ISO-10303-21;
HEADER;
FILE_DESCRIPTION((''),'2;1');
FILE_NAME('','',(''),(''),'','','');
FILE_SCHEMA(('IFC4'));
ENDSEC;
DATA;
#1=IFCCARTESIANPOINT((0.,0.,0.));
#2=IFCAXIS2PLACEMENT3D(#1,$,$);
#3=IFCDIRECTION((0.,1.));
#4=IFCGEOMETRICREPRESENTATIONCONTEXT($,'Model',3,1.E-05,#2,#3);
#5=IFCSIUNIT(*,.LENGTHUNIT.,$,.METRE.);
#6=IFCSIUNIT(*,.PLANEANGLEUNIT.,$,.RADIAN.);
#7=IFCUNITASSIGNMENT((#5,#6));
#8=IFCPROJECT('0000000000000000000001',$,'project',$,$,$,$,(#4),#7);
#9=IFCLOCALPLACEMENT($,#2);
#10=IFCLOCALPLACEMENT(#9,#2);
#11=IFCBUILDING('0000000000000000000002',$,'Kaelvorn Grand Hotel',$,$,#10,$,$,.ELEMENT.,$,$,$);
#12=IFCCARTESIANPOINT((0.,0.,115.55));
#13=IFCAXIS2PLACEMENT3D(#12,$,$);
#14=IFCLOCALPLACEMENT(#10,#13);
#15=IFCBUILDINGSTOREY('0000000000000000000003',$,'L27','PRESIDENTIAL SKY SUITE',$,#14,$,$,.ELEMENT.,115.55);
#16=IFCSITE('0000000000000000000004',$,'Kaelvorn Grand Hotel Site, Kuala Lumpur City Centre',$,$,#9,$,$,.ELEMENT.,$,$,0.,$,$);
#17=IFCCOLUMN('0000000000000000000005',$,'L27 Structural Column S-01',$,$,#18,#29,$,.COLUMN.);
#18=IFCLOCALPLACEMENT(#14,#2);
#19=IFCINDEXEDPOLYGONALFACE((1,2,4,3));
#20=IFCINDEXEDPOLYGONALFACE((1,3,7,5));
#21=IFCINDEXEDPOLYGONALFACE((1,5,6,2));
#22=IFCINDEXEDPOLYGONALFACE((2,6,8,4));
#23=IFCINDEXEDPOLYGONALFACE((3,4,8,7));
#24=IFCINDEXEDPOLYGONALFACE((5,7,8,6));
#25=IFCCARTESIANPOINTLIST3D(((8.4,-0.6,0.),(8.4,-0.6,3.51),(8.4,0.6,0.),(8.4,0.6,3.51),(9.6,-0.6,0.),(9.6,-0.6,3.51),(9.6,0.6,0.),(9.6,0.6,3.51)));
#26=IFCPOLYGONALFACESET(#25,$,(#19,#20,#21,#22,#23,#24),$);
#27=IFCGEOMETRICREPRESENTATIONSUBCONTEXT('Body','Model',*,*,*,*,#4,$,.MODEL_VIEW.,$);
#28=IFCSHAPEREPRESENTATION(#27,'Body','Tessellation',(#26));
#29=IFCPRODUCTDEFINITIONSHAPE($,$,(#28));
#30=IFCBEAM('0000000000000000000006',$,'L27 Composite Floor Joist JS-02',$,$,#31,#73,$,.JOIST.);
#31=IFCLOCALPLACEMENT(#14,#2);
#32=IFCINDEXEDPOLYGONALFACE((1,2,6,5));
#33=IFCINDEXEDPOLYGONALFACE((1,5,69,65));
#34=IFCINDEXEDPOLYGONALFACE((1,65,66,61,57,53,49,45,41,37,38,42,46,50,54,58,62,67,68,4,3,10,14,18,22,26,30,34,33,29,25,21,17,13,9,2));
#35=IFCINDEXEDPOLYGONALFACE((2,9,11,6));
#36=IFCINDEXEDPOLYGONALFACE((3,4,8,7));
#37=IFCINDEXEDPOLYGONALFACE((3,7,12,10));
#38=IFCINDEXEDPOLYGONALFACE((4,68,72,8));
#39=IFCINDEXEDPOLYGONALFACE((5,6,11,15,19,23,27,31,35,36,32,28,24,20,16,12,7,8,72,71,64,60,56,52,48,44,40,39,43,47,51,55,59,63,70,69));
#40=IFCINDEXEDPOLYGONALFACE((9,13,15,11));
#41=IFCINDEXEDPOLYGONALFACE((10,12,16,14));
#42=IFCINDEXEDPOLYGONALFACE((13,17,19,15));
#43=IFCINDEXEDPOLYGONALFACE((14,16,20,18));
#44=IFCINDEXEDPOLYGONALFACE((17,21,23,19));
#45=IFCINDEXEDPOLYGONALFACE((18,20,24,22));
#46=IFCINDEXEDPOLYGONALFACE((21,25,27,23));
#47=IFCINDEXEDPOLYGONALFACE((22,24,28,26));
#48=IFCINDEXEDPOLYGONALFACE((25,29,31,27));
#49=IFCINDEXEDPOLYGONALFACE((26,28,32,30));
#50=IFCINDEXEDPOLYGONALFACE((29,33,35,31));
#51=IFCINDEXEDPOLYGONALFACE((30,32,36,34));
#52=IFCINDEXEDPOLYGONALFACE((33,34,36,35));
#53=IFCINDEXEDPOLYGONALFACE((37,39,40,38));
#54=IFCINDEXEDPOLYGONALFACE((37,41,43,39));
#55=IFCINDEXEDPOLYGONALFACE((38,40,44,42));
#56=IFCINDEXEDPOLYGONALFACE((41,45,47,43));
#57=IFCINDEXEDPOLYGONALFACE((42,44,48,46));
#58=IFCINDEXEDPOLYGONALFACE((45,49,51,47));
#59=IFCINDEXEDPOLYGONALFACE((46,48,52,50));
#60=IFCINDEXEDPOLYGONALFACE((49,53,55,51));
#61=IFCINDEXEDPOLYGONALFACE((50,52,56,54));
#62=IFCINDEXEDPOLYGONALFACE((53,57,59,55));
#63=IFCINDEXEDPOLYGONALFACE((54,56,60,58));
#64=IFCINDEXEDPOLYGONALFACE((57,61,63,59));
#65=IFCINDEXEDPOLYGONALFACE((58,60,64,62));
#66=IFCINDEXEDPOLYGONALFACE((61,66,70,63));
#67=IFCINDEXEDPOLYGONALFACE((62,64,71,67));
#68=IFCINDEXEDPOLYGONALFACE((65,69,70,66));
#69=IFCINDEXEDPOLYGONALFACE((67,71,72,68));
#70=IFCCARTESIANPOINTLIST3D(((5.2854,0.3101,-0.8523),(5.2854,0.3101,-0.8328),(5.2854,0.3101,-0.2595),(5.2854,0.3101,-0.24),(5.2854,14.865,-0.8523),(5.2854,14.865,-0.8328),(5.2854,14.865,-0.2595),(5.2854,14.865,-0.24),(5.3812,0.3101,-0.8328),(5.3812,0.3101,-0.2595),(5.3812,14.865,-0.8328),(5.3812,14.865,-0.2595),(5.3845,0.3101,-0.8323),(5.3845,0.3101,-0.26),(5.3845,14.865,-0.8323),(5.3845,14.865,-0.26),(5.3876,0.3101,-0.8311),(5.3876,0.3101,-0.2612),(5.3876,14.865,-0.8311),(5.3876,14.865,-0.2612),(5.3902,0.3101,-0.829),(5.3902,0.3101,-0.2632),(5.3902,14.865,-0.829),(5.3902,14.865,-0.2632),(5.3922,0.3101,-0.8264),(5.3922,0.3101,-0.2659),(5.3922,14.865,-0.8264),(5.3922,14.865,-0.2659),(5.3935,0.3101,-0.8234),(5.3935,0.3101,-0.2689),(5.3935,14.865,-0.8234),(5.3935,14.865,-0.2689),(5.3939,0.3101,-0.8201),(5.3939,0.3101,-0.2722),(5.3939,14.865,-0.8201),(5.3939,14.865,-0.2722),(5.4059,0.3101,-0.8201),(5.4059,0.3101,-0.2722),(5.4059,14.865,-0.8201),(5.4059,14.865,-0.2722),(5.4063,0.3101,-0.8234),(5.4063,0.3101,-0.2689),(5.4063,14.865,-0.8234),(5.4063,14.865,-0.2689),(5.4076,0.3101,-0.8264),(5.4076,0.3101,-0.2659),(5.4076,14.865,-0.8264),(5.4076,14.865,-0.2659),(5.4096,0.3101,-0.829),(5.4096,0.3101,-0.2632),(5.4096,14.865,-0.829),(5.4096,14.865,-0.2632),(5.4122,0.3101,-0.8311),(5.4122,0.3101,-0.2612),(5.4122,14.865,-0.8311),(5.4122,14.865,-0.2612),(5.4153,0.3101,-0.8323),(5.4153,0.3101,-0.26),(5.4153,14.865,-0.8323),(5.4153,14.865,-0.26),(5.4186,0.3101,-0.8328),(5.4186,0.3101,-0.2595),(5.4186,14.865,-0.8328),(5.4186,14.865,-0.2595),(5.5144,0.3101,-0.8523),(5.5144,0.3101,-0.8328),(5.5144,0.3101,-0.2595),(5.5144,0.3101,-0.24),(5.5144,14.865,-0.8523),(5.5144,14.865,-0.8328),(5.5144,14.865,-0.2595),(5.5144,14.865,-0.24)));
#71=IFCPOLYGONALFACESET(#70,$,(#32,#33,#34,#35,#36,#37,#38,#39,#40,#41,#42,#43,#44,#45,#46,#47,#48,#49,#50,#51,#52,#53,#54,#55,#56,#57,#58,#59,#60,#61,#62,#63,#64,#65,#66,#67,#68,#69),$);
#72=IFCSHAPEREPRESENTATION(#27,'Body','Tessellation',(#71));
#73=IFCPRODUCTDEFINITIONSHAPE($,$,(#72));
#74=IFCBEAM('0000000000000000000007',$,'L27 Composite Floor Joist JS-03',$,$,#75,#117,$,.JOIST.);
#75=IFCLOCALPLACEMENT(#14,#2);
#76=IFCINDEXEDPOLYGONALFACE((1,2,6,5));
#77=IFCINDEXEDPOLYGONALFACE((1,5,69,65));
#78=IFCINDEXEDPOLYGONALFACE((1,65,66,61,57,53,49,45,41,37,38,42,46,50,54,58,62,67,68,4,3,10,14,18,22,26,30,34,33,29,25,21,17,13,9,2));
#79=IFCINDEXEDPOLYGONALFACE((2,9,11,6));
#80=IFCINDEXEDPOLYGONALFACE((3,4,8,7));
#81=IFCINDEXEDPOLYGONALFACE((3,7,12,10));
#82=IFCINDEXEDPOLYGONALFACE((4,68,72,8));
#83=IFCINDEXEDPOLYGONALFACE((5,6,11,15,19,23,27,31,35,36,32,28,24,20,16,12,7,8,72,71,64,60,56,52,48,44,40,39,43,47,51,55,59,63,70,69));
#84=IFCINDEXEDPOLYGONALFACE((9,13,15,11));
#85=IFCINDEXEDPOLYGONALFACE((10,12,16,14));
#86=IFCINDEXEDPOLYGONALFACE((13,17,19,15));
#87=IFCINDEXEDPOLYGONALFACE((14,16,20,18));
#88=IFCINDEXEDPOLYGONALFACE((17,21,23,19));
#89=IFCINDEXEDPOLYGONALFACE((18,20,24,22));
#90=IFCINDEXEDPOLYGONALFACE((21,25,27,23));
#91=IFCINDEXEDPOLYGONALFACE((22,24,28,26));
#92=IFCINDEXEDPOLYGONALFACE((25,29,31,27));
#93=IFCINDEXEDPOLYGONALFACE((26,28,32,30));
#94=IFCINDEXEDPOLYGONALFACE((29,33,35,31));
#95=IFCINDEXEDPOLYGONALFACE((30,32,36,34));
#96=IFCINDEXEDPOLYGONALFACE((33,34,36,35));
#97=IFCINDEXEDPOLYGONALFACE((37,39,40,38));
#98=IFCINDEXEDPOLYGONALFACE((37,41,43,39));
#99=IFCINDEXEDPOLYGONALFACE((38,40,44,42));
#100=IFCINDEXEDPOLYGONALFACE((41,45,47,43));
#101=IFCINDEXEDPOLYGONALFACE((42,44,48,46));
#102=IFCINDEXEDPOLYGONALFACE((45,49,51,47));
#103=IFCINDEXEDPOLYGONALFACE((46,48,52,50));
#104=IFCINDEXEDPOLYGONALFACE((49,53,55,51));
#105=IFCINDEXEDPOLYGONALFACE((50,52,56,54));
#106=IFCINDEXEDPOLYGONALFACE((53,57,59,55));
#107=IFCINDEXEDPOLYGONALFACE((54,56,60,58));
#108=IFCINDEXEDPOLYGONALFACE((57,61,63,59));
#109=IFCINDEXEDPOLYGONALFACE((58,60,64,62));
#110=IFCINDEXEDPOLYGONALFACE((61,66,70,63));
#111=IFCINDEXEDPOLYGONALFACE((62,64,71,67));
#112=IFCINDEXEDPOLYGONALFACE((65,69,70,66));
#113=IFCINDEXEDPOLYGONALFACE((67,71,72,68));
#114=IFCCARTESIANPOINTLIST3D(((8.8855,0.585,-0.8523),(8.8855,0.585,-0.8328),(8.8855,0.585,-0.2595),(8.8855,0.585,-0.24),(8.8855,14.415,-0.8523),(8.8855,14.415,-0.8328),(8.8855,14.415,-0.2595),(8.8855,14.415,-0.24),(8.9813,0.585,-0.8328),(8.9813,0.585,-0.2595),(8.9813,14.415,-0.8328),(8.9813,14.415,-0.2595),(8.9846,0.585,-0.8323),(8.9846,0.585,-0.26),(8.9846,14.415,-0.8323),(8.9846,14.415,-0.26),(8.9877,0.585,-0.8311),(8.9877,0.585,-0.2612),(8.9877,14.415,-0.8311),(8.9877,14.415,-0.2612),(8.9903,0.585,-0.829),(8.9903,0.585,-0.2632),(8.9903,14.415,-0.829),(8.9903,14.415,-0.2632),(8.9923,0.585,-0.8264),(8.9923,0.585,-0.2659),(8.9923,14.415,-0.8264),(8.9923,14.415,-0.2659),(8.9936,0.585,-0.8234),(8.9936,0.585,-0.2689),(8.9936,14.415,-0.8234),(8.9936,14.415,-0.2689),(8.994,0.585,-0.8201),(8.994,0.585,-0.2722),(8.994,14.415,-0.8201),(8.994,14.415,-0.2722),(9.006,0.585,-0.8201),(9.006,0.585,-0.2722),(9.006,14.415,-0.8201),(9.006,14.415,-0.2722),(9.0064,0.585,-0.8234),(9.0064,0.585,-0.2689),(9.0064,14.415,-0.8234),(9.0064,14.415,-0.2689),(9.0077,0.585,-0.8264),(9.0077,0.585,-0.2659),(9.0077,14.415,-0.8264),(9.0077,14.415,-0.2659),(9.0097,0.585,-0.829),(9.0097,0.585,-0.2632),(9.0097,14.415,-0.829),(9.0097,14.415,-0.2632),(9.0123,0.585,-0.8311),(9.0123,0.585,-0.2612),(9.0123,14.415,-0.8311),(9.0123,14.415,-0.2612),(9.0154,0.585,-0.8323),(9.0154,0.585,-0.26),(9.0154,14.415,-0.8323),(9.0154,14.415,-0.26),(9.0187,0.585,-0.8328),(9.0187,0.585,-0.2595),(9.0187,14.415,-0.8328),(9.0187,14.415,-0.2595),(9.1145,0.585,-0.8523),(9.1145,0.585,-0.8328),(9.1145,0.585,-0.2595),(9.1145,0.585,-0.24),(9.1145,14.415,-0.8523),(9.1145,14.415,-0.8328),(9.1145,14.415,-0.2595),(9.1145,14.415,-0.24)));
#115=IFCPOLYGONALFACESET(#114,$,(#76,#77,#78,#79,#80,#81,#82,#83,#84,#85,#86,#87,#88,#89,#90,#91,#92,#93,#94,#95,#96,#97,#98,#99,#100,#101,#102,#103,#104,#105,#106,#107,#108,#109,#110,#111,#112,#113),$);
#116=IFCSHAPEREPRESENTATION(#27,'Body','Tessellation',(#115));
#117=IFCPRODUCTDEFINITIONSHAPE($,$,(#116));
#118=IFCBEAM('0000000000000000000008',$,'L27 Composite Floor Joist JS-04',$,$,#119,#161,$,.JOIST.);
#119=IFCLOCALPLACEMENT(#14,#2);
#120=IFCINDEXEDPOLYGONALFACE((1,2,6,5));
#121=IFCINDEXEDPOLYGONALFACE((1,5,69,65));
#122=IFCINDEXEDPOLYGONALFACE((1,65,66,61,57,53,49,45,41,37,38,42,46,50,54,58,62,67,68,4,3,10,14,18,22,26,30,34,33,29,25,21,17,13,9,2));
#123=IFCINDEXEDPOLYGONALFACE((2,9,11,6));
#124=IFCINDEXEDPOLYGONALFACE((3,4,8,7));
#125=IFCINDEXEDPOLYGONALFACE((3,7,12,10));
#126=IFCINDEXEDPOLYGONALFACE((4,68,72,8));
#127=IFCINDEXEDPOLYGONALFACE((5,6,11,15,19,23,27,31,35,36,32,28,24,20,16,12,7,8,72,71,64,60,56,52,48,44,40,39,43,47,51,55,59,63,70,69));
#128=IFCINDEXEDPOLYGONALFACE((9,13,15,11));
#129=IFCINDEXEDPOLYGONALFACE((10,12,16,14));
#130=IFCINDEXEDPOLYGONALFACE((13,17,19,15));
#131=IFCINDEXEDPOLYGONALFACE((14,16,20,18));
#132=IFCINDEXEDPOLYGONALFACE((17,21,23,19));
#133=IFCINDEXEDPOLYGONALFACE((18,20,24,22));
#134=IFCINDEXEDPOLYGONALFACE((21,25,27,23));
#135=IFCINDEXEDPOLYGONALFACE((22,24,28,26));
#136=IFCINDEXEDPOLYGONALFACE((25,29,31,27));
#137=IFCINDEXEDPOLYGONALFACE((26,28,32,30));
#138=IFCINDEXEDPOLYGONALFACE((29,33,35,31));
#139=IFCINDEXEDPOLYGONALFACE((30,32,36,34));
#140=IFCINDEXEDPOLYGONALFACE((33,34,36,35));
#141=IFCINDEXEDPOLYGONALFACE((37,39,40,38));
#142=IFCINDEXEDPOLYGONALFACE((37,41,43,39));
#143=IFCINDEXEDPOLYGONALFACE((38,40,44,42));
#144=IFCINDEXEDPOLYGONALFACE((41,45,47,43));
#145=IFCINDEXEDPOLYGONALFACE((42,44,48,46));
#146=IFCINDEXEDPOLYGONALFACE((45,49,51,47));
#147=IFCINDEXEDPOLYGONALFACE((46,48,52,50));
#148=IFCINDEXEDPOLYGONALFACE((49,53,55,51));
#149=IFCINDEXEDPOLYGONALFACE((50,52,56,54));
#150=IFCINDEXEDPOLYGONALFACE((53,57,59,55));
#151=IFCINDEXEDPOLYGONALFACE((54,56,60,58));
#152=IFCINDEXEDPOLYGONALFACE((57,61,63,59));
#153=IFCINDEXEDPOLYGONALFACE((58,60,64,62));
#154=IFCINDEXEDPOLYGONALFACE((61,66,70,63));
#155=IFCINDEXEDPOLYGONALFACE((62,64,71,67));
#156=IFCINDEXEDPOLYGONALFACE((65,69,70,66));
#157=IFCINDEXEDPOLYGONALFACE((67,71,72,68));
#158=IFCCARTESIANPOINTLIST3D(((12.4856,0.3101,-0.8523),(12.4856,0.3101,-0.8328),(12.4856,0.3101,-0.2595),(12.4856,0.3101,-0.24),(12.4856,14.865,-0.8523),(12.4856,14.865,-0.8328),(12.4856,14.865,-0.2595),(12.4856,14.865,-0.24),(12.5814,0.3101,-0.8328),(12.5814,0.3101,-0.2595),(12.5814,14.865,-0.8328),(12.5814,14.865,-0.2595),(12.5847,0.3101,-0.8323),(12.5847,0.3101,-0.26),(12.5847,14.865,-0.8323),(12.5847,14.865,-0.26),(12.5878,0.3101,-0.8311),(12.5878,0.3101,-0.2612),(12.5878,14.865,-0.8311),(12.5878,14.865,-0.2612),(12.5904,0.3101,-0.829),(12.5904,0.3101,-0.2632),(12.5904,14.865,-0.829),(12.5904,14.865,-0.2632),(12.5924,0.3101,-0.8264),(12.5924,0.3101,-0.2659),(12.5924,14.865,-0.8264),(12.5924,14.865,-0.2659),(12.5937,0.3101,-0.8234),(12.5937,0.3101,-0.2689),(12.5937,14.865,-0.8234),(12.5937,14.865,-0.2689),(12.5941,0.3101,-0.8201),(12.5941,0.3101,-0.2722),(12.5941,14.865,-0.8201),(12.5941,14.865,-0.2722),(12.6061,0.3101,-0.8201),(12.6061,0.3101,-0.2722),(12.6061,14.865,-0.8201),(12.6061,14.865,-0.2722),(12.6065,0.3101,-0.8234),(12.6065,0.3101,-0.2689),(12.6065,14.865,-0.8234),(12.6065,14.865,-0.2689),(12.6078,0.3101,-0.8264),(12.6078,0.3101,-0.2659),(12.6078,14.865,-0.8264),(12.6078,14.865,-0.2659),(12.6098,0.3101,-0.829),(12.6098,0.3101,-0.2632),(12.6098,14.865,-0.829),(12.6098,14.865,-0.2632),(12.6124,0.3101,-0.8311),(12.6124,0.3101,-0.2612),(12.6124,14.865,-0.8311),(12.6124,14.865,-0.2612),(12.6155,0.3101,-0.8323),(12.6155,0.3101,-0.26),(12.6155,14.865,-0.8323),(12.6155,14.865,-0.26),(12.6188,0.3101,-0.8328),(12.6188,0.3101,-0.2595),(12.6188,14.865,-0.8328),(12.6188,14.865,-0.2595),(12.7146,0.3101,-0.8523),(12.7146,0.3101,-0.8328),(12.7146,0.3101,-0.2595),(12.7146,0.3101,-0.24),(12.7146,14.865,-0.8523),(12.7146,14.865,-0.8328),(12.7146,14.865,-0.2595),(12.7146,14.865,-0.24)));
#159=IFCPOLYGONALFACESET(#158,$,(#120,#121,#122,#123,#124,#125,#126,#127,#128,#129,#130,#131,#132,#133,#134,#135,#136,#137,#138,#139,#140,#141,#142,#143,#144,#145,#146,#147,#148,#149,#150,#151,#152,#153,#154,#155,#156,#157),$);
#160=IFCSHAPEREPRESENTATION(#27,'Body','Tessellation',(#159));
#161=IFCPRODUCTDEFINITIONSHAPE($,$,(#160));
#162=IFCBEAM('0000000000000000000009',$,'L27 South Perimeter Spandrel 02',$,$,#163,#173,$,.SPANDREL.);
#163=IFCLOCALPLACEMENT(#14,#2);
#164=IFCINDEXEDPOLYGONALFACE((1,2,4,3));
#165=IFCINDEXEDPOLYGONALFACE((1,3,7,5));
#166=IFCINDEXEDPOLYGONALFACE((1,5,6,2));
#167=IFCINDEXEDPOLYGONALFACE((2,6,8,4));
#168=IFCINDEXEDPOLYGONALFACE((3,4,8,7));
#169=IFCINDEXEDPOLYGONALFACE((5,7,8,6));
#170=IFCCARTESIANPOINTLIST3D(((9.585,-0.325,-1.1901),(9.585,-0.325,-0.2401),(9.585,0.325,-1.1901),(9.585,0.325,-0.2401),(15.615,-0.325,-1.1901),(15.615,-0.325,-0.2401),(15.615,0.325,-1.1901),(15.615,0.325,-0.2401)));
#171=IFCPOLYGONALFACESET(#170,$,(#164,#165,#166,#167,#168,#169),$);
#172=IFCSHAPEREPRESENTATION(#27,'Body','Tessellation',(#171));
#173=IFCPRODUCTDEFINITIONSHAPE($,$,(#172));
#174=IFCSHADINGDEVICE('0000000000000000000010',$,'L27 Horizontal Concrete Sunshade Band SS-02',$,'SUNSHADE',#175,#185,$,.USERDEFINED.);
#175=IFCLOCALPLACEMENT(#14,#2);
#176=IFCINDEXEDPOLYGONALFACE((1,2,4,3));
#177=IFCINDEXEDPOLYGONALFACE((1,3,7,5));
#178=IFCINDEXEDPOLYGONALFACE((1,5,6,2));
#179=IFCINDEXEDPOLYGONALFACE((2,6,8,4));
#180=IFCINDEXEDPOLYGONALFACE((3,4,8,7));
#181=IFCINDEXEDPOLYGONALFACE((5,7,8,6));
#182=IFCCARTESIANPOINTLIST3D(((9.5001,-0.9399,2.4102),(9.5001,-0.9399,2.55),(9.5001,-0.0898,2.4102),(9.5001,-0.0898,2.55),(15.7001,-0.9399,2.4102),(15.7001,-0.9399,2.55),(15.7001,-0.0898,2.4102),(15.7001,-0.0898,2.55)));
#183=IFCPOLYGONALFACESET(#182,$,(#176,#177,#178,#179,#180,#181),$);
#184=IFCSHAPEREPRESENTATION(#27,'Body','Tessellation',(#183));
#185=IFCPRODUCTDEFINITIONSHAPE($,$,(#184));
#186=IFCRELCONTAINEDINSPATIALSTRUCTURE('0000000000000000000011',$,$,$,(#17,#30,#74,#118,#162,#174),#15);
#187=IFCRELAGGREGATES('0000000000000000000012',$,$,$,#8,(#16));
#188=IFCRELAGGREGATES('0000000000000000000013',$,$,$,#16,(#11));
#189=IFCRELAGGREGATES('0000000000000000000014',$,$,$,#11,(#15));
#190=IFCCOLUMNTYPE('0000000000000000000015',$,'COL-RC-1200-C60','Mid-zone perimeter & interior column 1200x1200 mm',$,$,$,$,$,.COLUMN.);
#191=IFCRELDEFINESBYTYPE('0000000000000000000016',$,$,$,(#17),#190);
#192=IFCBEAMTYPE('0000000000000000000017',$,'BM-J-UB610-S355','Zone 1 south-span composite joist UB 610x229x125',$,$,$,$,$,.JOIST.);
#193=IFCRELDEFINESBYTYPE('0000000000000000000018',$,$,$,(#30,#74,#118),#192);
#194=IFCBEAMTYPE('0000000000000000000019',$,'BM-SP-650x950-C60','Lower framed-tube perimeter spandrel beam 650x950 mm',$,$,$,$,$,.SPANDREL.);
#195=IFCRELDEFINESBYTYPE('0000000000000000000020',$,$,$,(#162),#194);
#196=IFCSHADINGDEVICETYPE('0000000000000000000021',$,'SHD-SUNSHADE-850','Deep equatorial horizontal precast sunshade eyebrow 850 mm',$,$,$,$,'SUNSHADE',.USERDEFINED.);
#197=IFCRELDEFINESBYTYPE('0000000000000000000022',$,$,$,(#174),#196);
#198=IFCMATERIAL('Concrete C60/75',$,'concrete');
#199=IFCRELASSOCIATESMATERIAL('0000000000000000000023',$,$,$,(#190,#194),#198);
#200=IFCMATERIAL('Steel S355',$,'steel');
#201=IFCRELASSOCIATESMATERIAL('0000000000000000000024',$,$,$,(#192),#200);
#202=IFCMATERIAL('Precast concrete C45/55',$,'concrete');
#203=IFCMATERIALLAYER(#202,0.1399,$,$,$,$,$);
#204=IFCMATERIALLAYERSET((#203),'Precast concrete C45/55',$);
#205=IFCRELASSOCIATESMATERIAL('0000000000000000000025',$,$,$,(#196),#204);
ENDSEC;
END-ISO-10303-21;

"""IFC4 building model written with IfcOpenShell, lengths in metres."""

from ifc_helpers import new_model, si_unit, direction, frame, origin, origin_2d, place, context, subcontext, project, spatial, rectangle, i_section, extrude, material, layer, layer_set, material_profile, profile_set, type_object, element, save


model = new_model("IFC4")

# Units and contexts
model_context = context("Model", 3, precision=1e-05, world=origin(), true_north=direction((0.0, 1.0)))
body_context = subcontext(model_context, "Body", "Model", "MODEL_VIEW")
ifc_project = project(units=[si_unit("LENGTHUNIT", "METRE"), si_unit("PLANEANGLEUNIT", "RADIAN")], contexts=[model_context])

# Site, building, storey
site_placement = place(None, origin())
site = spatial("IfcSite", under=ifc_project, at=site_placement, Name="Kaelvorn Grand Hotel Site, Kuala Lumpur City Centre", CompositionType="ELEMENT", RefElevation=0.0)
building_placement = place(site_placement, origin())
building = spatial("IfcBuilding", under=site, at=building_placement, Name="Kaelvorn Grand Hotel", CompositionType="ELEMENT")
storey_placement = place(building_placement, frame((0.0, 0.0, 115.55)))
storey = spatial("IfcBuildingStorey", under=building, at=storey_placement, Name="L27", Description="PRESIDENTIAL SKY SUITE", CompositionType="ELEMENT", Elevation=115.55)

# Column
ifc_material_1 = material(Name="Concrete C60/75", Category="concrete")
ifc_material_profile_1 = material_profile(ifc_material_1, rectangle(XDim=1.2, YDim=1.2, at=origin_2d()), Name="RC COL 1200x1200")
ifc_profile_set_1 = profile_set([ifc_material_profile_1], Name="Concrete C60/75")
column_type = type_object("IfcColumnType", Name="COL-RC-1200-C60", Description="Mid-zone perimeter & interior column 1200x1200 mm", PredefinedType="COLUMN", material=ifc_profile_set_1)
column_placement = place(storey_placement, frame((9.0, 0.0, 0.0), z_axis=(0.0, 0.0, 1.0), x_axis=(1.0, 0.0, 0.0)))
element("IfcColumn", 1, at=column_placement, inside=storey, type_object=column_type, Name="L27 Structural Column S-01", PredefinedType="COLUMN", context=body_context, shape_type="SweptSolid", body=[
    extrude(rectangle(XDim=1.2, YDim=1.2, at=origin_2d()), origin(), (0.0, 0.0, 1.0), 3.51),
])

# Beams
ifc_material_2 = material(Name="Steel S355", Category="steel")
ifc_material_profile_2 = material_profile(ifc_material_2, i_section(OverallWidth=0.229, OverallDepth=0.6123, WebThickness=0.012, FlangeThickness=0.0195, FilletRadius=0.0127, at=origin_2d()), Name="UB 610x229x125")
ifc_profile_set_2 = profile_set([ifc_material_profile_2], Name="Steel S355")
beam_type_1 = type_object("IfcBeamType", Name="BM-J-UB610-S355", Description="Zone 1 south-span composite joist UB 610x229x125", PredefinedType="JOIST", material=ifc_profile_set_2)
beam_1_placement = place(storey_placement, frame((5.3999, 0.3101, -0.5461), z_axis=(0.0, 1.0, 0.0), x_axis=(-1.0, 0.0, 0.0)))
element("IfcBeam", 2, at=beam_1_placement, inside=storey, type_object=beam_type_1, Name="L27 Composite Floor Joist JS-02", PredefinedType="JOIST", context=body_context, shape_type="SweptSolid", body=[
    extrude(i_section(OverallWidth=0.229, OverallDepth=0.6123, WebThickness=0.012, FlangeThickness=0.0195, FilletRadius=0.0127, at=origin_2d()), origin(), (0.0, 0.0, 1.0), 14.5549),
])
beam_2_placement = place(storey_placement, frame((9.0, 0.585, -0.5461), z_axis=(0.0, 1.0, 0.0), x_axis=(-1.0, 0.0, 0.0)))
element("IfcBeam", 3, at=beam_2_placement, inside=storey, type_object=beam_type_1, Name="L27 Composite Floor Joist JS-03", PredefinedType="JOIST", context=body_context, shape_type="SweptSolid", body=[
    extrude(i_section(OverallWidth=0.229, OverallDepth=0.6123, WebThickness=0.012, FlangeThickness=0.0195, FilletRadius=0.0127, at=origin_2d()), origin(), (0.0, 0.0, 1.0), 13.8301),
])
beam_3_placement = place(storey_placement, frame((12.6001, 0.3101, -0.5461), z_axis=(0.0, 1.0, 0.0), x_axis=(-1.0, 0.0, 0.0)))
element("IfcBeam", 4, at=beam_3_placement, inside=storey, type_object=beam_type_1, Name="L27 Composite Floor Joist JS-04", PredefinedType="JOIST", context=body_context, shape_type="SweptSolid", body=[
    extrude(i_section(OverallWidth=0.229, OverallDepth=0.6123, WebThickness=0.012, FlangeThickness=0.0195, FilletRadius=0.0127, at=origin_2d()), origin(), (0.0, 0.0, 1.0), 14.5549),
])
ifc_material_profile_3 = material_profile(ifc_material_1, rectangle(XDim=0.6499, YDim=0.95, at=origin_2d()), Name="RC SPANDREL 650x950")
ifc_profile_set_3 = profile_set([ifc_material_profile_3], Name="Concrete C60/75")
beam_type_2 = type_object("IfcBeamType", Name="BM-SP-650x950-C60", Description="Lower framed-tube perimeter spandrel beam 650x950 mm", PredefinedType="SPANDREL", material=ifc_profile_set_3)
beam_4_placement = place(storey_placement, frame((9.585, 0.0, -0.7151), z_axis=(1.0, 0.0, 0.0), x_axis=(0.0, 1.0, 0.0)))
element("IfcBeam", 5, at=beam_4_placement, inside=storey, type_object=beam_type_2, Name="L27 South Perimeter Spandrel 02", PredefinedType="SPANDREL", context=body_context, shape_type="SweptSolid", body=[
    extrude(rectangle(XDim=0.6499, YDim=0.95, at=origin_2d()), origin(), (0.0, 0.0, 1.0), 6.03),
])

# Shading device
ifc_material_3 = material(Name="Precast concrete C45/55", Category="concrete")
ifc_layer = layer(ifc_material_3, 0.1399)
ifc_layer_set = layer_set([ifc_layer], Name="Precast concrete C45/55")
shading_device_type = type_object("IfcShadingDeviceType", Name="SHD-SUNSHADE-850", Description="Deep equatorial horizontal precast sunshade eyebrow 850 mm", ElementType="SUNSHADE", PredefinedType="USERDEFINED", material=ifc_layer_set)
shading_device_placement = place(storey_placement, frame((12.6001, -0.5149, 2.4102), z_axis=(0.0, 0.0, 1.0), x_axis=(1.0, 0.0, 0.0)))
element("IfcShadingDevice", 6, at=shading_device_placement, inside=storey, type_object=shading_device_type, Name="L27 Horizontal Concrete Sunshade Band SS-02", ObjectType="SUNSHADE", PredefinedType="USERDEFINED", context=body_context, shape_type="SweptSolid", body=[
    extrude(rectangle(XDim=6.2, YDim=0.8501, at=origin_2d()), origin(), (0.0, 0.0, 1.0), 0.1399),
])

save(model, "model.ifc")
